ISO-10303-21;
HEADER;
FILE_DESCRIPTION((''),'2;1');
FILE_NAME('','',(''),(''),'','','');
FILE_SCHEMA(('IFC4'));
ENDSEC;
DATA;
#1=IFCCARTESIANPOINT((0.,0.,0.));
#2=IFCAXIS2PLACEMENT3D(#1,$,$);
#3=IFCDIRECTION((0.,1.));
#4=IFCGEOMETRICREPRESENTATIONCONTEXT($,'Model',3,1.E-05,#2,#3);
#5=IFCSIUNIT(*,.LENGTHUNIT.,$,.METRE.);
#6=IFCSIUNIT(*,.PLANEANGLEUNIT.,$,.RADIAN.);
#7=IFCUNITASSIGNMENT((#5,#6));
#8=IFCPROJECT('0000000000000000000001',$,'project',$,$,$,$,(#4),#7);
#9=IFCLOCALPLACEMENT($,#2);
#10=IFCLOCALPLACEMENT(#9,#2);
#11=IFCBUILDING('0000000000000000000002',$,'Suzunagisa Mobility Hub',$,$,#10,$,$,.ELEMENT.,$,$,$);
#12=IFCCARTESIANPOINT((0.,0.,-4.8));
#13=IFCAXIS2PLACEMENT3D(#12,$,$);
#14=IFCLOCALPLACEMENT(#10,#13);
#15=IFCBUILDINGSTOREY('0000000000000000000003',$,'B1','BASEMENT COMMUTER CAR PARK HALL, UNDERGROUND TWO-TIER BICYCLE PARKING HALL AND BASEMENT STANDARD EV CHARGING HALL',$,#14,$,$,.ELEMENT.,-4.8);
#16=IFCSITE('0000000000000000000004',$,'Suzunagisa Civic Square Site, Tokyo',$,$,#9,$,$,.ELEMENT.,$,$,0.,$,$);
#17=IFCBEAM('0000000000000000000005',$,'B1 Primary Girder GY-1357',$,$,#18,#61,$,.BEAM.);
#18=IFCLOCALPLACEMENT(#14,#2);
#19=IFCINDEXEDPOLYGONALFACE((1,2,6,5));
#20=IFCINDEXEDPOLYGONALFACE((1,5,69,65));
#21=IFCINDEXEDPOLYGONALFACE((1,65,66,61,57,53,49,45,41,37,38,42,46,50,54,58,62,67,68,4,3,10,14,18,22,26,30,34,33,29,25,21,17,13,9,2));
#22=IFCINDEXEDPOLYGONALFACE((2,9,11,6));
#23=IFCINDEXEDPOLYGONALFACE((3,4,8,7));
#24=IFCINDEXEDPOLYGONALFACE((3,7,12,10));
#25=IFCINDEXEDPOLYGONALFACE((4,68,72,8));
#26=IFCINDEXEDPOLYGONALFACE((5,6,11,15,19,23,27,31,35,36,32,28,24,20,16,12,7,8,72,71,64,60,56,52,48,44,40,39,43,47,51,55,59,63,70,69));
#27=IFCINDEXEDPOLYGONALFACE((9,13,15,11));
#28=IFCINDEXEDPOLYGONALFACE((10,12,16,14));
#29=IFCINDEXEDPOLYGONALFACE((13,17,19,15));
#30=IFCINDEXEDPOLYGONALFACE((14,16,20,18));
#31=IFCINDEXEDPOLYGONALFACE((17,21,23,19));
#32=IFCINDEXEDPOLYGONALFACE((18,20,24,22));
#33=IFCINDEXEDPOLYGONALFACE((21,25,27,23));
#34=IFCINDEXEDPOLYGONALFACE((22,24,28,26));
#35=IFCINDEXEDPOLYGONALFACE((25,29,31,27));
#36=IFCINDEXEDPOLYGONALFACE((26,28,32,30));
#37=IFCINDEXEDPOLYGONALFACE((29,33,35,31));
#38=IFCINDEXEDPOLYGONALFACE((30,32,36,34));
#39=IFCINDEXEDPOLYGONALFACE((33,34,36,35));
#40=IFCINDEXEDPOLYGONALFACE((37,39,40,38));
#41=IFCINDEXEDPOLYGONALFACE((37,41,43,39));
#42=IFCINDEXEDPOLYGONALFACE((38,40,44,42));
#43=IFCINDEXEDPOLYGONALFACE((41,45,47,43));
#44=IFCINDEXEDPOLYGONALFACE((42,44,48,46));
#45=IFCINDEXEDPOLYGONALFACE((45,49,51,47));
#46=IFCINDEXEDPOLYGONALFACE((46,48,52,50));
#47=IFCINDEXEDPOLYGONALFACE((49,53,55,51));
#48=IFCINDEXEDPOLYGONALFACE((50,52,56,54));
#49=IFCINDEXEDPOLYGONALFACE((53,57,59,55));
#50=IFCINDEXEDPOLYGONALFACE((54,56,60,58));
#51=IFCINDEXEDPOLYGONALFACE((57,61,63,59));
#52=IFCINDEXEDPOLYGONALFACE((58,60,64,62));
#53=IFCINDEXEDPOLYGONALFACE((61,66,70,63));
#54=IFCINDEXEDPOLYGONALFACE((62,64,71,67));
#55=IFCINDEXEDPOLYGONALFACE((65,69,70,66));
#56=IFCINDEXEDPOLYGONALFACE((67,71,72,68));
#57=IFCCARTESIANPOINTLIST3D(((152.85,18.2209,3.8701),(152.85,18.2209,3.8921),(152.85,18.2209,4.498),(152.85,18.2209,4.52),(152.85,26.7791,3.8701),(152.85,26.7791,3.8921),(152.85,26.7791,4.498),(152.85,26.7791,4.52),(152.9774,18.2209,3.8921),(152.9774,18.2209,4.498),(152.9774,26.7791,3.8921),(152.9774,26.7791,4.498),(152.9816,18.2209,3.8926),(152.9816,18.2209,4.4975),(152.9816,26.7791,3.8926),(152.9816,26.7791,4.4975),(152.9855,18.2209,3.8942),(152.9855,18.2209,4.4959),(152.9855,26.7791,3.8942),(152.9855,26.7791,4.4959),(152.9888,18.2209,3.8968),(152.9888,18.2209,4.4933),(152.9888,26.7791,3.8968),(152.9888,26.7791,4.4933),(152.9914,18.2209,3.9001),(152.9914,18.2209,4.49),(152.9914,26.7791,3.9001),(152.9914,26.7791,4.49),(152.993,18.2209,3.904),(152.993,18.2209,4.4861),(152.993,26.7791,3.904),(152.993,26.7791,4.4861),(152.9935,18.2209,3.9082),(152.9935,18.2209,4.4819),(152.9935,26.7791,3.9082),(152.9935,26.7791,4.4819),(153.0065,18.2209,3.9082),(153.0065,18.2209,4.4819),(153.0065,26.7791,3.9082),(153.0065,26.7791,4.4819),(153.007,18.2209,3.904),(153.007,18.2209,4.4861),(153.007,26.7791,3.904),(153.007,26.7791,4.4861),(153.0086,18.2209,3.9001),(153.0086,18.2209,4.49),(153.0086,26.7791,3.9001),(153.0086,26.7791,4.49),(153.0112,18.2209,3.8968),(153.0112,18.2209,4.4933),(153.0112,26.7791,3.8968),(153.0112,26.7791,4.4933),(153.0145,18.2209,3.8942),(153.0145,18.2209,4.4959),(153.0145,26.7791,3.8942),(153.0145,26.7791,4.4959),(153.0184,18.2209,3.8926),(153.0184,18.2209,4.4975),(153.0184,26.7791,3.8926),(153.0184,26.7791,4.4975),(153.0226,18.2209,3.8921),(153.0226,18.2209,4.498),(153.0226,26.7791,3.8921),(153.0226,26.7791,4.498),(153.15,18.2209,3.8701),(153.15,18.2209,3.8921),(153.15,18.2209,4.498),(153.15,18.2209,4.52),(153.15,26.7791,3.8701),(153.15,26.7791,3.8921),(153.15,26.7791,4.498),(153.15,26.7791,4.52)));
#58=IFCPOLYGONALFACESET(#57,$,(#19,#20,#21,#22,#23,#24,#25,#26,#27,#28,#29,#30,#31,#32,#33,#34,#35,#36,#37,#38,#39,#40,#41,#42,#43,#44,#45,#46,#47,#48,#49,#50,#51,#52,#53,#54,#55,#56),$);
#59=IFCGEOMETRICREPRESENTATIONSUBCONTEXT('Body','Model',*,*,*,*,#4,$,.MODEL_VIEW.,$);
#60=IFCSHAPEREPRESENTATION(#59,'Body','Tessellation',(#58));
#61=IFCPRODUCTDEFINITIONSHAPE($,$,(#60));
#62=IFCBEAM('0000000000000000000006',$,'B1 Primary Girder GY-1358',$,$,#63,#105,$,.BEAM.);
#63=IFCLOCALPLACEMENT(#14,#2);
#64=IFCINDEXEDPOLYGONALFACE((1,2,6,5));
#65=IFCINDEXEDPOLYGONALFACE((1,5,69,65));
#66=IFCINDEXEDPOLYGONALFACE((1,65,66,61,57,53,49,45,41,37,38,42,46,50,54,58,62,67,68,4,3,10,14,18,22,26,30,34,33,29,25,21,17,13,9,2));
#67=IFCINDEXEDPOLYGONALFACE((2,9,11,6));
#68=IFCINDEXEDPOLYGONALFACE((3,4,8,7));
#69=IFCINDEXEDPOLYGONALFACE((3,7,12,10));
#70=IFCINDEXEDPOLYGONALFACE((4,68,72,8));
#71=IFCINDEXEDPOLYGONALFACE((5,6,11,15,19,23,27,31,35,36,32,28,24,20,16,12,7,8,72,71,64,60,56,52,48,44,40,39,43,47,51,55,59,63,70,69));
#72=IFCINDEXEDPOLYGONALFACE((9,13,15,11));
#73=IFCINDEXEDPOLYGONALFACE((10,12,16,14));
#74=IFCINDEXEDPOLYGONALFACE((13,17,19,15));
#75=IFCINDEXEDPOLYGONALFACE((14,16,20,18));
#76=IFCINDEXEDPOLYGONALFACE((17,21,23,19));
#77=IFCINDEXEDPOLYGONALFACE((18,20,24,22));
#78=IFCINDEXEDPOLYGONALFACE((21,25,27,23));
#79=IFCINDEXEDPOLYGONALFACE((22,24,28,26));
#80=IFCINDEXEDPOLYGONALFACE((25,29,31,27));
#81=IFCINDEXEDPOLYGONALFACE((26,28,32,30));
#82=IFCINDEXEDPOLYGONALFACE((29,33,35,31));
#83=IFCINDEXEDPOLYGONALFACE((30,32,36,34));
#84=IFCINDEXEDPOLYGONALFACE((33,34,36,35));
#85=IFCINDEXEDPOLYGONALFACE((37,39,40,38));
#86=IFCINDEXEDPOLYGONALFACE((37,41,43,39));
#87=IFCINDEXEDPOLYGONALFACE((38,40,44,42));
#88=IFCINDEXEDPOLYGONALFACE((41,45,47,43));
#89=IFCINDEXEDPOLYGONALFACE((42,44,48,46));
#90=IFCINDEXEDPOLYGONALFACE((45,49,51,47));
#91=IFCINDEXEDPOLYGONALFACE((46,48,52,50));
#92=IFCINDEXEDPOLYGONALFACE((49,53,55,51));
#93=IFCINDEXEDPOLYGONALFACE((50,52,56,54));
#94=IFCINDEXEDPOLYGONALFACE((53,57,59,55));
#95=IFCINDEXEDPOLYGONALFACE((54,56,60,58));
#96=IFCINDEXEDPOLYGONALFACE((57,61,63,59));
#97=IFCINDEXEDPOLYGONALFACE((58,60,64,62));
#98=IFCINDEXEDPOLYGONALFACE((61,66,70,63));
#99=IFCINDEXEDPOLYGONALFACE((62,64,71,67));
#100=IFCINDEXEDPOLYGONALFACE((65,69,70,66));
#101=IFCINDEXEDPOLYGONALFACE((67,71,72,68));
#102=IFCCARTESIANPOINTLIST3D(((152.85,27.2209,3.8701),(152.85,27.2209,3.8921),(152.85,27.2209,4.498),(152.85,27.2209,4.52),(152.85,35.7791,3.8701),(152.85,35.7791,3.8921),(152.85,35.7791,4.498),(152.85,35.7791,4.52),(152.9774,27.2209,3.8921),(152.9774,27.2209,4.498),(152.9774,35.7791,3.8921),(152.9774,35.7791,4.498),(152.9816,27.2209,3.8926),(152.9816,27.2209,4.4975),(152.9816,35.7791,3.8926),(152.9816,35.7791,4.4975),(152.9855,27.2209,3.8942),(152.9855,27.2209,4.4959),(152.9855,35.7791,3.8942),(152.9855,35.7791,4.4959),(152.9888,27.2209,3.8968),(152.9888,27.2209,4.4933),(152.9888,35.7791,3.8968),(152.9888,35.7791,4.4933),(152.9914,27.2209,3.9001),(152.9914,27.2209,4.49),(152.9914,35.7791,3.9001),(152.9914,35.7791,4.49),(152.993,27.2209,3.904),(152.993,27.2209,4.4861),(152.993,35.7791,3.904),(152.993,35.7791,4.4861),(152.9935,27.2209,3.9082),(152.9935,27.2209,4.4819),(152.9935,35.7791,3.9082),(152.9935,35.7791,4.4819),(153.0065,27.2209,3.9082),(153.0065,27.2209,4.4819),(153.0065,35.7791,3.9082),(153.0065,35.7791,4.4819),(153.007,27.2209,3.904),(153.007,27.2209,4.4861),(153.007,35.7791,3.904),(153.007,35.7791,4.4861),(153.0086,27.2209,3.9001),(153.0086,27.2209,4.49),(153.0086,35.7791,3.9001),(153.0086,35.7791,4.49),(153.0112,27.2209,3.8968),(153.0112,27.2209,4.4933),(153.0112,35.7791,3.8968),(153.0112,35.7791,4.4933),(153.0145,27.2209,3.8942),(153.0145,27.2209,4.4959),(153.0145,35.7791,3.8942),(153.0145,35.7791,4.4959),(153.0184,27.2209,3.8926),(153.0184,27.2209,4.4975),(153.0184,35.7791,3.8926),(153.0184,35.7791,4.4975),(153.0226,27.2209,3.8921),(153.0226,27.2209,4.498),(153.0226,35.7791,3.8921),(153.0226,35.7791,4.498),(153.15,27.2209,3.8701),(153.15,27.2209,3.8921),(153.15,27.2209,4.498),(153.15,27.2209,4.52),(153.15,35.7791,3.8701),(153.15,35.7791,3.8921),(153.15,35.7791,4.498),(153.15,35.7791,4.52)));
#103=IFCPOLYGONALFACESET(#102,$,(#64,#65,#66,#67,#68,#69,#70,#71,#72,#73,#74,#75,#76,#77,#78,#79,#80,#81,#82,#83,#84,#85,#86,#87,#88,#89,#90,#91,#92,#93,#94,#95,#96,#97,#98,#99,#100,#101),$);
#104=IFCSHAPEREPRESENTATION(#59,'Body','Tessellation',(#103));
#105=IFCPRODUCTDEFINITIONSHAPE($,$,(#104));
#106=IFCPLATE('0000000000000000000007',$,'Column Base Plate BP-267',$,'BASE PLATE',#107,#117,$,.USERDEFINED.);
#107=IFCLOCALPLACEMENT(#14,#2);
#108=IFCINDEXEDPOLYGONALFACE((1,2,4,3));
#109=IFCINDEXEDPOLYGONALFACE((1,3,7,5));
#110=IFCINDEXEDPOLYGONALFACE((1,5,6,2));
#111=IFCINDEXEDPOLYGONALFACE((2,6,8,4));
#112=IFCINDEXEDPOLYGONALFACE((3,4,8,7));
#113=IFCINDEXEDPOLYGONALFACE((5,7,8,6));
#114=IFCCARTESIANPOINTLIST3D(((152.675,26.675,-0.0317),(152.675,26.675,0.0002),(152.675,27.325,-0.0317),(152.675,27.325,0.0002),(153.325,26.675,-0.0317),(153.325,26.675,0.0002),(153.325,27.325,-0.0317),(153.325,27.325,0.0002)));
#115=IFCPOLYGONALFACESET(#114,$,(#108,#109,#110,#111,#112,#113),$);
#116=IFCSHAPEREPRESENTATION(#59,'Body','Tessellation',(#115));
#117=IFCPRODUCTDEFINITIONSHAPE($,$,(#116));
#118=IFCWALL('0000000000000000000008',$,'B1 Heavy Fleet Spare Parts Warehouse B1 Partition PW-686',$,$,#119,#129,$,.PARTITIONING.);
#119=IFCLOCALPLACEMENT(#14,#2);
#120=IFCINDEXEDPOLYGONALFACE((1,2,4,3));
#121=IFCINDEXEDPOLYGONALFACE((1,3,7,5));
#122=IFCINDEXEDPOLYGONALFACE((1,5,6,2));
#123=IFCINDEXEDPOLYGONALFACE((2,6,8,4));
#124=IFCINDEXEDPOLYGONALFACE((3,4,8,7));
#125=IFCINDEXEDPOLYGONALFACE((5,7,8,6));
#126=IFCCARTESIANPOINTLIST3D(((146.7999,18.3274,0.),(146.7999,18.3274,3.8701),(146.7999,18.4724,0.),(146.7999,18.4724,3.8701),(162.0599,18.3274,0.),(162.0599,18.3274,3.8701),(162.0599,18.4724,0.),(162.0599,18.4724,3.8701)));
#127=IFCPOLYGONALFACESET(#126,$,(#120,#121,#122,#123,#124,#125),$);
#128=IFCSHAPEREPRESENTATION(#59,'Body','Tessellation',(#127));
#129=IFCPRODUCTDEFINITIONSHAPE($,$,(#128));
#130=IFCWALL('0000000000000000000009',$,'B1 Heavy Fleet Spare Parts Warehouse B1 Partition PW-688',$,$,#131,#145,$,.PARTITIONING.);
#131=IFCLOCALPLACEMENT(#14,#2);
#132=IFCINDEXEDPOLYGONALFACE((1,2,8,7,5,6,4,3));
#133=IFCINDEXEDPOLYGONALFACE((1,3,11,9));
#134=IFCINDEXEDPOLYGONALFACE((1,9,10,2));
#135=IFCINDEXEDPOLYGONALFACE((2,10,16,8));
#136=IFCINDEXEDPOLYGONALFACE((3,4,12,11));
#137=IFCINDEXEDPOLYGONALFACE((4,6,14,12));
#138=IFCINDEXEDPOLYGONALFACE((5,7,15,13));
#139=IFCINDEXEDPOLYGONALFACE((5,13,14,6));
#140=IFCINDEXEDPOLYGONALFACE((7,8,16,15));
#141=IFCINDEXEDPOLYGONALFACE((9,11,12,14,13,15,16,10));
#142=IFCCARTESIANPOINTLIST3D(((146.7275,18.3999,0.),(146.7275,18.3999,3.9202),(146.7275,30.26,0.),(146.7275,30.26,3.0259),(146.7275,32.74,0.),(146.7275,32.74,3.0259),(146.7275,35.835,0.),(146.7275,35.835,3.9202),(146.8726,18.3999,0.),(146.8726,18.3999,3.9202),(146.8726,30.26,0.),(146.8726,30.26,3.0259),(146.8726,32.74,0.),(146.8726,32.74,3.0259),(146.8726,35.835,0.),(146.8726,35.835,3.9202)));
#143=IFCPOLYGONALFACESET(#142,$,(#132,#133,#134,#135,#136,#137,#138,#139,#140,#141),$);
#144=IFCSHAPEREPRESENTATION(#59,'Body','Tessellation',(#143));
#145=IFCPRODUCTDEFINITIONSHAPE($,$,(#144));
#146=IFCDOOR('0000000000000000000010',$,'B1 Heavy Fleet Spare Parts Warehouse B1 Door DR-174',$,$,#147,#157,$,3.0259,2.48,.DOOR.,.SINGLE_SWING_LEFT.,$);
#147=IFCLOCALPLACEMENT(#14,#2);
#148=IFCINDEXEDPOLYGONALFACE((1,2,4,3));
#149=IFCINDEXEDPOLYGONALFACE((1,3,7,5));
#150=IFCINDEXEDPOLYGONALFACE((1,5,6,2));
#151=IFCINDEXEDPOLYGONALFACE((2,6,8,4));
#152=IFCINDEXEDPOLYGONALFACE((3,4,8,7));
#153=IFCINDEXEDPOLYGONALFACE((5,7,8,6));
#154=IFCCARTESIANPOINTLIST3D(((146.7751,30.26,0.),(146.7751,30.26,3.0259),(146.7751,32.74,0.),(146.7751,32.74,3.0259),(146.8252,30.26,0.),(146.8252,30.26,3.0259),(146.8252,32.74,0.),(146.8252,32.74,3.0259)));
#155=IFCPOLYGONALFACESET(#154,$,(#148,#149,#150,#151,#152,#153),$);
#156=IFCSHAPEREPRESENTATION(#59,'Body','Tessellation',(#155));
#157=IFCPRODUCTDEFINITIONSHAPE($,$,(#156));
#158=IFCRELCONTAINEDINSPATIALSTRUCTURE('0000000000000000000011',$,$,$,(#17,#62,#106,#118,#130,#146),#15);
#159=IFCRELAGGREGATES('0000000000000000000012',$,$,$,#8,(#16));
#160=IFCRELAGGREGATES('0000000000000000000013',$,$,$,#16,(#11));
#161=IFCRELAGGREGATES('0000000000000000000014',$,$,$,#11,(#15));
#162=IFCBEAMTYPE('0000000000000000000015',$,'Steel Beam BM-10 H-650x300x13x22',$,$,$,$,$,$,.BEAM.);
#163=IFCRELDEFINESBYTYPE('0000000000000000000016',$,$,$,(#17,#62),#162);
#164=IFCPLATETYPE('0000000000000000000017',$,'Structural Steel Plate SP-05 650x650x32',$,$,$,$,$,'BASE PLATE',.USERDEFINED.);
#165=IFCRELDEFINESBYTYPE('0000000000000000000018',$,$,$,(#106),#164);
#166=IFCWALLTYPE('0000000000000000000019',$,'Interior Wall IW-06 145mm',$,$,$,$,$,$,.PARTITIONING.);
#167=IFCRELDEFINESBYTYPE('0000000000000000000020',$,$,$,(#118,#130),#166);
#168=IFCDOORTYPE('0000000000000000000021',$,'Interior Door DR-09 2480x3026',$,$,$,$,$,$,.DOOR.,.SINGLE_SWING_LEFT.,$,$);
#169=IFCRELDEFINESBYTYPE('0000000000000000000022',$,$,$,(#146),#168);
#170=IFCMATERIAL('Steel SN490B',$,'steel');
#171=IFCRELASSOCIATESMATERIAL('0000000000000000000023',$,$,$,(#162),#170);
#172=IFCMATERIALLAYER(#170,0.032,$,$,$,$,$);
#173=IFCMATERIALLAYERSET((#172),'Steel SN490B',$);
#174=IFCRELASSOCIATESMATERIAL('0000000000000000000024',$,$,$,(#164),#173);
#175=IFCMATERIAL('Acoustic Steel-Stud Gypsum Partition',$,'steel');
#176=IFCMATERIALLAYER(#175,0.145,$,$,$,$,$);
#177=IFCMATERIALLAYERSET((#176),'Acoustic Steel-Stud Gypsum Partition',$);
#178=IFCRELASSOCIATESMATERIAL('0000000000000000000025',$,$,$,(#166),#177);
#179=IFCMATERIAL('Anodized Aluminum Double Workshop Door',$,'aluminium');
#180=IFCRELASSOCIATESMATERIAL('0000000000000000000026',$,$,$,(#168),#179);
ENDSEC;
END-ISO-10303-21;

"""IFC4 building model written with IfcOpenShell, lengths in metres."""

from ifc_helpers import new_model, si_unit, direction, frame, frame_2d, origin, origin_2d, place, context, subcontext, project, spatial, rectangle, i_section, extrude, material, layer, layer_set, material_profile, profile_set, type_object, element, fill, save


model = new_model("IFC4")

# Units and contexts
model_context = context("Model", 3, precision=1e-05, world=origin(), true_north=direction((0.0, 1.0)))
body_context = subcontext(model_context, "Body", "Model", "MODEL_VIEW")
ifc_project = project(units=[si_unit("LENGTHUNIT", "METRE"), si_unit("PLANEANGLEUNIT", "RADIAN")], contexts=[model_context])

# Site, building, storey
site_placement = place(None, origin())
site = spatial("IfcSite", under=ifc_project, at=site_placement, Name="Suzunagisa Civic Square Site, Tokyo", CompositionType="ELEMENT", RefElevation=0.0)
building_placement = place(site_placement, origin())
building = spatial("IfcBuilding", under=site, at=building_placement, Name="Suzunagisa Mobility Hub", CompositionType="ELEMENT")
storey_placement = place(building_placement, frame((0.0, 0.0, -4.8)))
storey = spatial("IfcBuildingStorey", under=building, at=storey_placement, Name="B1", Description="BASEMENT COMMUTER CAR PARK HALL, UNDERGROUND TWO-TIER BICYCLE PARKING HALL AND BASEMENT STANDARD EV CHARGING HALL", CompositionType="ELEMENT", Elevation=-4.8)

# Shared definitions
ifc_material_1 = material(Name="Steel SN490B", Category="steel")

# Beams
ifc_material_profile_1 = material_profile(ifc_material_1, i_section(OverallWidth=0.3, OverallDepth=0.6499, WebThickness=0.0129, FlangeThickness=0.022, FilletRadius=0.0161, at=origin_2d()), Name="H-650x300x13x22")
ifc_profile_set_1 = profile_set([ifc_material_profile_1], Name="Steel SN490B")
beam_type_1 = type_object("IfcBeamType", Name="Steel Beam BM-10 H-650x300x13x22", PredefinedType="BEAM", material=ifc_profile_set_1)
for number, where, z_axis, x_axis, name in (
    (1, (153.0, 18.2209, 4.1951), (0.0, 1.0, 0.0), (-1.0, 0.0, 0.0), "B1 Primary Girder GY-1357"),
    (2, (153.0, 27.2209, 4.1951), (0.0, 1.0, 0.0), (-1.0, 0.0, 0.0), "B1 Primary Girder GY-1358"),
):
    element("IfcBeam", number, at=place(storey_placement, frame(where, z_axis=z_axis, x_axis=x_axis)), inside=storey, type_object=beam_type_1, Name=name, PredefinedType="BEAM", context=body_context, shape_type="SweptSolid", body=[
        extrude(i_section(OverallWidth=0.3, OverallDepth=0.6499, WebThickness=0.0129, FlangeThickness=0.022, FilletRadius=0.0161, at=origin_2d()), origin(), (0.0, 0.0, 1.0), 8.5581),
    ])

# Plate
ifc_layer_1 = layer(ifc_material_1, 0.032)
ifc_layer_set_1 = layer_set([ifc_layer_1], Name="Steel SN490B")
plate_type = type_object("IfcPlateType", Name="Structural Steel Plate SP-05 650x650x32", ElementType="BASE PLATE", PredefinedType="USERDEFINED", material=ifc_layer_set_1)
plate_placement = place(storey_placement, frame((153.0, 27.0, -0.0317), z_axis=(0.0, 0.0, 1.0), x_axis=(1.0, 0.0, 0.0)))
element("IfcPlate", 3, at=plate_placement, inside=storey, type_object=plate_type, Name="Column Base Plate BP-267", ObjectType="BASE PLATE", PredefinedType="USERDEFINED", context=body_context, shape_type="SweptSolid", body=[
    extrude(rectangle(XDim=0.6499, YDim=0.6499, at=origin_2d()), origin(), (0.0, 0.0, 1.0), 0.032),
])

# Wall
ifc_material_2 = material(Name="Acoustic Steel-Stud Gypsum Partition", Category="steel")
ifc_layer_2 = layer(ifc_material_2, 0.145)
ifc_layer_set_2 = layer_set([ifc_layer_2], Name="Acoustic Steel-Stud Gypsum Partition")
wall_type = type_object("IfcWallType", Name="Interior Wall IW-06 145mm", PredefinedType="PARTITIONING", material=ifc_layer_set_2)
wall_1_placement = place(storey_placement, frame((146.8, 18.3999, 0.0), z_axis=(0.0, 0.0, 1.0), x_axis=(1.0, 0.0, 0.0)))
element("IfcWall", 4, at=wall_1_placement, inside=storey, type_object=wall_type, Name="B1 Heavy Fleet Spare Parts Warehouse B1 Partition PW-686", PredefinedType="PARTITIONING", context=body_context, shape_type="SweptSolid", body=[
    extrude(rectangle(XDim=15.26, YDim=0.145, at=frame_2d((7.6299, 0.0))), origin(), (0.0, 0.0, 1.0), 3.8701),
])

# Wall, opening, door
wall_2_placement = place(storey_placement, frame((146.8, 18.3999, 0.0), z_axis=(0.0, 0.0, 1.0), x_axis=(0.0, 1.0, 0.0)))
wall_2 = element("IfcWall", 5, at=wall_2_placement, inside=storey, type_object=wall_type, Name="B1 Heavy Fleet Spare Parts Warehouse B1 Partition PW-688", PredefinedType="PARTITIONING", context=body_context, shape_type="SweptSolid", body=[
    extrude(rectangle(XDim=17.4351, YDim=0.145, at=frame_2d((8.7175, 0.0))), origin(), (0.0, 0.0, 1.0), 3.9202),
])
opening_placement = place(wall_2_placement, frame((11.8601, 0.0, 0.0)))
opening = element("IfcOpeningElement", 6, at=opening_placement, cuts=wall_2, PredefinedType="OPENING", context=body_context, shape_type="SweptSolid", body=[
    extrude(rectangle(XDim=2.48, YDim=3.0259, at=frame_2d((1.24, 1.5129))), frame((0.0, 0.0835, 0.0), z_axis=(0.0, -1.0, 0.0), x_axis=(1.0, 0.0, 0.0)), (0.0, 0.0, 1.0), 0.167),
])
ifc_material_3 = material(Name="Anodized Aluminum Double Workshop Door", Category="aluminium")
door_type = type_object("IfcDoorType", Name="Interior Door DR-09 2480x3026", OperationType="SINGLE_SWING_LEFT", PredefinedType="DOOR", material=ifc_material_3)
door_placement = place(opening_placement, origin())
door = element("IfcDoor", 7, at=door_placement, inside=storey, type_object=door_type, Name="B1 Heavy Fleet Spare Parts Warehouse B1 Door DR-174", OperationType="SINGLE_SWING_LEFT", OverallHeight=3.0259, OverallWidth=2.48, PredefinedType="DOOR", context=body_context, shape_type="SweptSolid", body=[
    extrude(rectangle(XDim=2.48, YDim=3.0259, at=frame_2d((1.24, 1.5129))), frame((0.0, 0.0249, 0.0), z_axis=(0.0, -1.0, 0.0), x_axis=(1.0, 0.0, 0.0)), (0.0, 0.0, 1.0), 0.05),
])
fill(opening, door)

save(model, "model.ifc")
